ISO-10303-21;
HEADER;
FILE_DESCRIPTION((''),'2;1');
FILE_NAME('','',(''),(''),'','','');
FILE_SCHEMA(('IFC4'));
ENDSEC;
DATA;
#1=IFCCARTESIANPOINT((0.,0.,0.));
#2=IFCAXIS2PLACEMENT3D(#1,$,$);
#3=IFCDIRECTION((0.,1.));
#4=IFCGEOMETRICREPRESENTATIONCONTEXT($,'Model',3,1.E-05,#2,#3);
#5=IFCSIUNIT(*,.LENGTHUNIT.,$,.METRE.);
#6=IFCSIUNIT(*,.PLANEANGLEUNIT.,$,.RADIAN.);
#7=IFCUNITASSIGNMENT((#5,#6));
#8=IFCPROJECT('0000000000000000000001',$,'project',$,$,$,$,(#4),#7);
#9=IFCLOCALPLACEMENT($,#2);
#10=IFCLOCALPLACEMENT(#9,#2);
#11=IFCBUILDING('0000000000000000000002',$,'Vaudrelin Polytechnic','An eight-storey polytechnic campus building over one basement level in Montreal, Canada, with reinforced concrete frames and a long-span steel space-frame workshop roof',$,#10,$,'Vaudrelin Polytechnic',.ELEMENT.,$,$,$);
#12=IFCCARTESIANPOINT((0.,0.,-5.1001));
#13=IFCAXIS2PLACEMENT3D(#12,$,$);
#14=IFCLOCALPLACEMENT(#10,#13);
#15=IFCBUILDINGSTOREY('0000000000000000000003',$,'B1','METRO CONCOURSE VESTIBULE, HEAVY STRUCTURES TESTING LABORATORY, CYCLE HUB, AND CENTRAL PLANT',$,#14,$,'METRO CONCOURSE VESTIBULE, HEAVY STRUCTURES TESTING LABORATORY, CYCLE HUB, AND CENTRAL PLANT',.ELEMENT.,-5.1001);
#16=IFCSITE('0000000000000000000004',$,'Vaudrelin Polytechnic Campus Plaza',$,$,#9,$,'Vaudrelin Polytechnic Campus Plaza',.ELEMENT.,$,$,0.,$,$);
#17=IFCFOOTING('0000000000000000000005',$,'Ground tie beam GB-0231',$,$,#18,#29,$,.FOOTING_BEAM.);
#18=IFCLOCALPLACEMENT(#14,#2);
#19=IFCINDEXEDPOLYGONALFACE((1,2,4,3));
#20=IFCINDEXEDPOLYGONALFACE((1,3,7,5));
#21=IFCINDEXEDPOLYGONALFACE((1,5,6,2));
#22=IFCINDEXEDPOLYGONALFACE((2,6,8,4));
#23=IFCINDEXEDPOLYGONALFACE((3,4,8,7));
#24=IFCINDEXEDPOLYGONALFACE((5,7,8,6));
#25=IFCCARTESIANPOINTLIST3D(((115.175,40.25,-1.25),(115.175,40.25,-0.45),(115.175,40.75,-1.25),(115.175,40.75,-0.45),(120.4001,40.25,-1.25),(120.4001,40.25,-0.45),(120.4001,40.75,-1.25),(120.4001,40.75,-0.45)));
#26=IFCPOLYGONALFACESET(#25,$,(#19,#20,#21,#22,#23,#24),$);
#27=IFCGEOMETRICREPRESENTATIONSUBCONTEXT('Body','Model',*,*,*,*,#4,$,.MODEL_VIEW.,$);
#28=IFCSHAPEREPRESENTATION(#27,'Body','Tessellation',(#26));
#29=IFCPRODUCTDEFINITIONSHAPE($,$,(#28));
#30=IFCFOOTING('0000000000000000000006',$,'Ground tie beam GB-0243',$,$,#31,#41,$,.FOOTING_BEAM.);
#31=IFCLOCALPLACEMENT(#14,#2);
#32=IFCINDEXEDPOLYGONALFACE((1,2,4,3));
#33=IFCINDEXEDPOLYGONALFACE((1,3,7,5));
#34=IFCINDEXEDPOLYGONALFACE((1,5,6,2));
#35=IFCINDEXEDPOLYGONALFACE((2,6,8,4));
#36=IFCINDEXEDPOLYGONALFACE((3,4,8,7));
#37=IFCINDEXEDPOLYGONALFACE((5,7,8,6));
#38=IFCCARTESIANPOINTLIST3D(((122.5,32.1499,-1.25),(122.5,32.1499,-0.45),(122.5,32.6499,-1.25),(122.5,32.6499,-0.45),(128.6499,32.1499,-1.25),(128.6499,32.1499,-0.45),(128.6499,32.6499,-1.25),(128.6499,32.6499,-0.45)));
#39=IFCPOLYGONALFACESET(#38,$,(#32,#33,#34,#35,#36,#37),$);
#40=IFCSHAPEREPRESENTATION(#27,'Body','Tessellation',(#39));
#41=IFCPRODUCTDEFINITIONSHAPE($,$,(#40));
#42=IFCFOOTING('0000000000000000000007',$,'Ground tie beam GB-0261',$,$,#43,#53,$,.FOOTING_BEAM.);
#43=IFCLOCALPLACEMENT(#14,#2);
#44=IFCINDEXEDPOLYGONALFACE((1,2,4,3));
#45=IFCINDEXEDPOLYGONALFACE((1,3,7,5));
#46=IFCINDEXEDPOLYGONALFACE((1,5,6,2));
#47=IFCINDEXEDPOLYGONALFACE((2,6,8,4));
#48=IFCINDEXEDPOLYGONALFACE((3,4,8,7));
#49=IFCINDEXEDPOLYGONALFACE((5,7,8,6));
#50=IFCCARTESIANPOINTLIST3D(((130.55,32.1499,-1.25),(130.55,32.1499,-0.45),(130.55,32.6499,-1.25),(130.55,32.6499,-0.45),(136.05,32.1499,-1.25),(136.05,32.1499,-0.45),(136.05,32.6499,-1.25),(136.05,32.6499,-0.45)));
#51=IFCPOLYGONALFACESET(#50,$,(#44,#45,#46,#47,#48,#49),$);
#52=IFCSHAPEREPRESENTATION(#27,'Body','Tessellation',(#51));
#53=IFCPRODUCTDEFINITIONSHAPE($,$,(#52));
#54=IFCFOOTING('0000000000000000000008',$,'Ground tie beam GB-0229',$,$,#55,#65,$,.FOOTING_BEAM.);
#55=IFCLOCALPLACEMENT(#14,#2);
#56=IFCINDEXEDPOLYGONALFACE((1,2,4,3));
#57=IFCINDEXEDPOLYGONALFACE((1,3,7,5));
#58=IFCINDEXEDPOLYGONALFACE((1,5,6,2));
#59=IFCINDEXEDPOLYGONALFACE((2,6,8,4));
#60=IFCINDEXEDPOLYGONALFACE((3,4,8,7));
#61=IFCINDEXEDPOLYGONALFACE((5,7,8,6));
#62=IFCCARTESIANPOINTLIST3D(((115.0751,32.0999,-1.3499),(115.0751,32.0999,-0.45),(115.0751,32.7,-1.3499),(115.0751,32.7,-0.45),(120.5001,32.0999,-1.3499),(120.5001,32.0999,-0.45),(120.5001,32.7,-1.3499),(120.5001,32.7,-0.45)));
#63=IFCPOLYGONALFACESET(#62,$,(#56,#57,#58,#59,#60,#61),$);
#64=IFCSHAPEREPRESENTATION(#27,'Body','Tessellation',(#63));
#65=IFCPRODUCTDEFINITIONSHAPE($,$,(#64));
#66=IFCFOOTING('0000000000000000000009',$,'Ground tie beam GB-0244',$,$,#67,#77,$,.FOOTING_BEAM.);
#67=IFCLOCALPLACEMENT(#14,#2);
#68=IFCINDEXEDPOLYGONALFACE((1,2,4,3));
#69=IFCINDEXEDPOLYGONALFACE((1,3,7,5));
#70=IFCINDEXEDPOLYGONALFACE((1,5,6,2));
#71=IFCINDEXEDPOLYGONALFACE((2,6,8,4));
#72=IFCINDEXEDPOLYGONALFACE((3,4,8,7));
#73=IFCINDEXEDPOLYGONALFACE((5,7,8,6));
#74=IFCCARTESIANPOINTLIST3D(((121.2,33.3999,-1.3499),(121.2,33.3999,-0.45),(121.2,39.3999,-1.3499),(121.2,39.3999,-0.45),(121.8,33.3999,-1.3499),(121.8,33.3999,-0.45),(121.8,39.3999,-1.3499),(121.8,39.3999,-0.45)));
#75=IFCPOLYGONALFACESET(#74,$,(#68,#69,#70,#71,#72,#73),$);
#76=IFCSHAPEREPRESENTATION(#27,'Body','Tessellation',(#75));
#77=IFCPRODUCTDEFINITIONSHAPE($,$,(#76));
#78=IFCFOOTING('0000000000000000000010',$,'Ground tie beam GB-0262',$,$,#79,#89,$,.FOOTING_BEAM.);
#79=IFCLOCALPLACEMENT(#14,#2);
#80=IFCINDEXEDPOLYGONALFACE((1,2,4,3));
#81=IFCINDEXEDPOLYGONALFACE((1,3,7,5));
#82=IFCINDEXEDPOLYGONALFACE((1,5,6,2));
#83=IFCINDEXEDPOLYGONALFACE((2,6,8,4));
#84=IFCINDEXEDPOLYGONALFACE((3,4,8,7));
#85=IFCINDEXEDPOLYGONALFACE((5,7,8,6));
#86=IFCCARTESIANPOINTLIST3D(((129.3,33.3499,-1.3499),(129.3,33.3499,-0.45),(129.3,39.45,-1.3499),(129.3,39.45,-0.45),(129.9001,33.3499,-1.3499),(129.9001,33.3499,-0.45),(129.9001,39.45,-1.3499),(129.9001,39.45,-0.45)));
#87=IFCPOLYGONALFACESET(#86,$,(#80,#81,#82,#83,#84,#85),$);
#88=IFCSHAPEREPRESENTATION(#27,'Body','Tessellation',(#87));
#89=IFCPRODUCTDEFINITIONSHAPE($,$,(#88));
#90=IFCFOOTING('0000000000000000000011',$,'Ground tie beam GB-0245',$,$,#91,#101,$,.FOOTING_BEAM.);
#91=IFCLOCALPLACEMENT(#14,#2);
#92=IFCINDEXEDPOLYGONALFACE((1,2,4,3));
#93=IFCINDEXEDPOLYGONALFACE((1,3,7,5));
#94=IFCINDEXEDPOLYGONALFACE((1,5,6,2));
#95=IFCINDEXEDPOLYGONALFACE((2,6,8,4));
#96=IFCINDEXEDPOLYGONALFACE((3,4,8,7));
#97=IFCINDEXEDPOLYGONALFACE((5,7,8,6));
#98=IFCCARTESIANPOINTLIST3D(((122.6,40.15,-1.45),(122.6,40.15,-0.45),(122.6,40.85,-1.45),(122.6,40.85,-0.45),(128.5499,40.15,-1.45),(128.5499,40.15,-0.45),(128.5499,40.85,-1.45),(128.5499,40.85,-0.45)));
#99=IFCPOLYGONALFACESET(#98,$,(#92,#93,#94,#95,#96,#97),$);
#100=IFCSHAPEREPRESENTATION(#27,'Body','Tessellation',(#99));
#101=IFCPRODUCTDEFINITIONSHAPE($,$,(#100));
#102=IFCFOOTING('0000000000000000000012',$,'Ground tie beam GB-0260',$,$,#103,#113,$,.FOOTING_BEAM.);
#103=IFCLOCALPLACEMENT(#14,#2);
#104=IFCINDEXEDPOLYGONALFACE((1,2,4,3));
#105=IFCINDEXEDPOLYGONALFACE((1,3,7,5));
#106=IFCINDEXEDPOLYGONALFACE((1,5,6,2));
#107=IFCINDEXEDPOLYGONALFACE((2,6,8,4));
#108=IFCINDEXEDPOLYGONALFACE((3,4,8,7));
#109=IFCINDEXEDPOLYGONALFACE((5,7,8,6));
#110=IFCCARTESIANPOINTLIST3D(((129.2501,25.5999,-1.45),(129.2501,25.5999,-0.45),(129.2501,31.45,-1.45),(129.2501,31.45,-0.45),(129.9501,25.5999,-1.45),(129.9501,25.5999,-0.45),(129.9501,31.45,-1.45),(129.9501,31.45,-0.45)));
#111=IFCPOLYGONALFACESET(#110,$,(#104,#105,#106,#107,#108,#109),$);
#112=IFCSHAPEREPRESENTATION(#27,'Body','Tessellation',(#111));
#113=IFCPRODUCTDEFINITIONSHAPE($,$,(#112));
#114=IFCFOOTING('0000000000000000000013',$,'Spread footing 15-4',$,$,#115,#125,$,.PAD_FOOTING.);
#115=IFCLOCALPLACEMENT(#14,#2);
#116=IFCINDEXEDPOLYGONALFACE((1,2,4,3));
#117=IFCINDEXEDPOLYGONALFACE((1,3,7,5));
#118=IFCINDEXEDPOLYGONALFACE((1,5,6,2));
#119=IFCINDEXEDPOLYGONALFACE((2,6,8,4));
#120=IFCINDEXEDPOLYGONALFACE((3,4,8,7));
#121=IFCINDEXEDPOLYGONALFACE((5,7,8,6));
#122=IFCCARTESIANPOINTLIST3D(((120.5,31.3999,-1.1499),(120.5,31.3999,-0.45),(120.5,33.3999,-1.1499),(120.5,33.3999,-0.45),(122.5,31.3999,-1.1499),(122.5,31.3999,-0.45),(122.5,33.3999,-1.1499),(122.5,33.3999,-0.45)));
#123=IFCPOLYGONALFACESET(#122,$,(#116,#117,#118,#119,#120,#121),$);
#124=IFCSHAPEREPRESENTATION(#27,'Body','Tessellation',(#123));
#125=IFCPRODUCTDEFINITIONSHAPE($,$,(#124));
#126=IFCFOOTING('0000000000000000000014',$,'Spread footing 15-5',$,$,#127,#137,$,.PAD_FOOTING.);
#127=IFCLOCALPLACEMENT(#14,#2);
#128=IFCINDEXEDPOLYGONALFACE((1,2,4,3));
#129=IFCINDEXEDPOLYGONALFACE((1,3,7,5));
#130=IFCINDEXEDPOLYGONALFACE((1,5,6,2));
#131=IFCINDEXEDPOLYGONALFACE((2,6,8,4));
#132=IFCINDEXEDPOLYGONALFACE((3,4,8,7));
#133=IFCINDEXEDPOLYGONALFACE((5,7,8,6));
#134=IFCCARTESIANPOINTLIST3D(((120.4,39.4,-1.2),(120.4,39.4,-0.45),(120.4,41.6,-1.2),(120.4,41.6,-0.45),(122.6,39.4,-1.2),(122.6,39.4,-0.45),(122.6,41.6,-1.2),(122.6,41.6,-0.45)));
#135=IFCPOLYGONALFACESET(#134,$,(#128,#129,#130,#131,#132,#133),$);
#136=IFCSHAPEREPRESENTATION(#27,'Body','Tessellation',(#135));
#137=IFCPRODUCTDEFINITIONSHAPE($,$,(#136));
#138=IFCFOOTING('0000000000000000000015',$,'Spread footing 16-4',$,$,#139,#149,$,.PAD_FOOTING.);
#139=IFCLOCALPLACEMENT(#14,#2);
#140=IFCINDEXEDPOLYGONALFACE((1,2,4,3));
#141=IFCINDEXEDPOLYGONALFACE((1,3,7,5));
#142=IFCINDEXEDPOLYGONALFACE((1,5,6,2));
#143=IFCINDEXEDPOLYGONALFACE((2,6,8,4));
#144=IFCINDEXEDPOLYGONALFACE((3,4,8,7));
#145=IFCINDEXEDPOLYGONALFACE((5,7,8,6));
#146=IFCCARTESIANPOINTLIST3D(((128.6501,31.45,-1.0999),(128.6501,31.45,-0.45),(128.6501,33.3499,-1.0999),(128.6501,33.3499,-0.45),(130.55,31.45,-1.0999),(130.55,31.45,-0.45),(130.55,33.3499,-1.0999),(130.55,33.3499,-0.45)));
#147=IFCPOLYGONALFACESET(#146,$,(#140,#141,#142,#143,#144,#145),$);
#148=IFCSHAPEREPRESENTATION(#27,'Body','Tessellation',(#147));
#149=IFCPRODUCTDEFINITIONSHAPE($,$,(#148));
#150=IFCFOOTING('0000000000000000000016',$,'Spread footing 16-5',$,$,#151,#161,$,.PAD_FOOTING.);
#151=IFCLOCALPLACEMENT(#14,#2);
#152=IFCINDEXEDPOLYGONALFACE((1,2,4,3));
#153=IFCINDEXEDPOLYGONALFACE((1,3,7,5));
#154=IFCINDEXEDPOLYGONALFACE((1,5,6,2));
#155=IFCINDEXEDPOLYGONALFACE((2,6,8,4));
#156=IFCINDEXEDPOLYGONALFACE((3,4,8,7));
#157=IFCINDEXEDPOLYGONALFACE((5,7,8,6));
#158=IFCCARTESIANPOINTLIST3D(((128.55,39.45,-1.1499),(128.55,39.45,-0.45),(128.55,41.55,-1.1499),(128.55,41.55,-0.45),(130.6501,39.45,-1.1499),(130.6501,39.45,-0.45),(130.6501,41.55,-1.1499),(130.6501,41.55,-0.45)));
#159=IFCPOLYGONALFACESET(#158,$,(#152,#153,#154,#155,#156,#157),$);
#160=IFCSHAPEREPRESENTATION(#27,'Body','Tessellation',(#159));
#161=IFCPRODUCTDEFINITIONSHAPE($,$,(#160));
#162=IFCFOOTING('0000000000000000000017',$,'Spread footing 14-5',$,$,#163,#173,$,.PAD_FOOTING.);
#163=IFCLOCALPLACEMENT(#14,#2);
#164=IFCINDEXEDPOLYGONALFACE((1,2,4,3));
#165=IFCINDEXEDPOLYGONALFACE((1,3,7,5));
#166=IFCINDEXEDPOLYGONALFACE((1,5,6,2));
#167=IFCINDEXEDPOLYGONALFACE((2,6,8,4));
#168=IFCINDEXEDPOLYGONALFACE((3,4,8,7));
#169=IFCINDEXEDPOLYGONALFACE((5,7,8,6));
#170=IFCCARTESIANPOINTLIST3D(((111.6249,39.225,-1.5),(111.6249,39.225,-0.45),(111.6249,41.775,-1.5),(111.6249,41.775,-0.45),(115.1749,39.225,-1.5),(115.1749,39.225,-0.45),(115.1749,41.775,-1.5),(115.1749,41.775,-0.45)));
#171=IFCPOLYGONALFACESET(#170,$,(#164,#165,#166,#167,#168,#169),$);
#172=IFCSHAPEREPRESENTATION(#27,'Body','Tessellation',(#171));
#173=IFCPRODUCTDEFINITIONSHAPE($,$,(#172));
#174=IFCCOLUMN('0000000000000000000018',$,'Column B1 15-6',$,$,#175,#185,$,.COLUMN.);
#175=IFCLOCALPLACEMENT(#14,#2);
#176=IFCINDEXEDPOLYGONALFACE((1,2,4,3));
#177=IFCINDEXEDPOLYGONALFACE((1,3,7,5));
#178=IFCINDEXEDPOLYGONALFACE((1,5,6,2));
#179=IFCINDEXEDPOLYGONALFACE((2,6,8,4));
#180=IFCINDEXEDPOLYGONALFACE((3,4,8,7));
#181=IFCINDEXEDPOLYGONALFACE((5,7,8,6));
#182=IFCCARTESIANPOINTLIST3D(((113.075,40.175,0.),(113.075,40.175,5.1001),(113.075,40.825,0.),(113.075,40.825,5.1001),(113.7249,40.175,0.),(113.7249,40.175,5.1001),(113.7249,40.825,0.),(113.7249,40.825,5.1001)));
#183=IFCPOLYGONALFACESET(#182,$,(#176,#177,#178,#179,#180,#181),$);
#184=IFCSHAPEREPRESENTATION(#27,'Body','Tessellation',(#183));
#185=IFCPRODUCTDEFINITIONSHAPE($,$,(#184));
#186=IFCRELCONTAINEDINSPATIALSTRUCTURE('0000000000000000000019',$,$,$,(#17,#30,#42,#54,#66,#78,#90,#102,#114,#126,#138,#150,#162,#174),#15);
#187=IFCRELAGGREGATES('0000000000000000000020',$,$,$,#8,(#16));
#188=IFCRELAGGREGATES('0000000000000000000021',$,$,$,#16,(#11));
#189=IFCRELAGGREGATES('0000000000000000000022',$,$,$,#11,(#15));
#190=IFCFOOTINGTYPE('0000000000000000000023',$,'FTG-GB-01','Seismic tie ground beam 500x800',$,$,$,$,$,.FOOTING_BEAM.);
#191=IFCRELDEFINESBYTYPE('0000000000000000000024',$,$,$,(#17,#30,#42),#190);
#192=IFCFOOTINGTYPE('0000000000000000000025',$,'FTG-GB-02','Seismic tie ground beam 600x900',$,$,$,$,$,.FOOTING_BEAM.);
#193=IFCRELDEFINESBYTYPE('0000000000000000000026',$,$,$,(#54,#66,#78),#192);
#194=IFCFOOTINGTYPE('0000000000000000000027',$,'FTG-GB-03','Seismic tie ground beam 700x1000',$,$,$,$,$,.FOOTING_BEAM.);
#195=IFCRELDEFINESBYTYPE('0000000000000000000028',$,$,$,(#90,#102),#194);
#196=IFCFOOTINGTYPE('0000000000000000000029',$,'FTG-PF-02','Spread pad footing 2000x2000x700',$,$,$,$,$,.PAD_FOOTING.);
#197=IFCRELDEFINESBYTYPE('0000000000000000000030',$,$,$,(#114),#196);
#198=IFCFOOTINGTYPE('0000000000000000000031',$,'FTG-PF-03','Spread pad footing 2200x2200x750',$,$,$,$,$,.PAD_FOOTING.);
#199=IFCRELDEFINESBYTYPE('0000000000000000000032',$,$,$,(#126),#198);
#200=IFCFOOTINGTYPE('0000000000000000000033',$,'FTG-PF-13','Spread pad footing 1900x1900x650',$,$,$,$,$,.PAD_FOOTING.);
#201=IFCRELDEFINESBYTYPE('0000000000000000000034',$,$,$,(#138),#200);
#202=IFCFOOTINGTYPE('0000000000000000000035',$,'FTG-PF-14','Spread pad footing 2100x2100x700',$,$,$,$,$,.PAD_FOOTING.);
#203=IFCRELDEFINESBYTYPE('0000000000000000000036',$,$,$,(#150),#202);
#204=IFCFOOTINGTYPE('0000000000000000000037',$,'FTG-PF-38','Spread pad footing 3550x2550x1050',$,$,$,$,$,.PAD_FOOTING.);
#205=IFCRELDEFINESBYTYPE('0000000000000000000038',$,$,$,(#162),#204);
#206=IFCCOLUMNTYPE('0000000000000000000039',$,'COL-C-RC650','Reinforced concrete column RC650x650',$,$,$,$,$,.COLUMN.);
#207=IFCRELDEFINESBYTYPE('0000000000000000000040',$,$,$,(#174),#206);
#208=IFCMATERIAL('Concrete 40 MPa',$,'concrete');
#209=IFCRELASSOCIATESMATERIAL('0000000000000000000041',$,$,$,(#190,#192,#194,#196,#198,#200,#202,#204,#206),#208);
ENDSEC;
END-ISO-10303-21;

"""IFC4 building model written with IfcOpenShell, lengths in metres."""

from ifc_helpers import new_model, si_unit, direction, frame, origin, origin_2d, place, context, subcontext, project, spatial, rectangle, extrude, material, material_profile, profile_set, type_object, element, save


model = new_model("IFC4")

# Units and contexts
model_context = context("Model", 3, precision=1e-05, world=origin(), true_north=direction((0.0, 1.0)))
body_context = subcontext(model_context, "Body", "Model", "MODEL_VIEW")
ifc_project = project(units=[si_unit("LENGTHUNIT", "METRE"), si_unit("PLANEANGLEUNIT", "RADIAN")], contexts=[model_context])

# Site, building, storey
site_placement = place(None, origin())
site = spatial("IfcSite", under=ifc_project, at=site_placement, Name="Vaudrelin Polytechnic Campus Plaza", LongName="Vaudrelin Polytechnic Campus Plaza", CompositionType="ELEMENT", RefElevation=0.0)
building_placement = place(site_placement, origin())
building = spatial("IfcBuilding", under=site, at=building_placement, Name="Vaudrelin Polytechnic", Description="An eight-storey polytechnic campus building over one basement level in Montreal, Canada, with reinforced concrete frames and a long-span steel space-frame workshop roof", LongName="Vaudrelin Polytechnic", CompositionType="ELEMENT")
storey_placement = place(building_placement, frame((0.0, 0.0, -5.1001)))
storey = spatial("IfcBuildingStorey", under=building, at=storey_placement, Name="B1", Description="METRO CONCOURSE VESTIBULE, HEAVY STRUCTURES TESTING LABORATORY, CYCLE HUB, AND CENTRAL PLANT", LongName="METRO CONCOURSE VESTIBULE, HEAVY STRUCTURES TESTING LABORATORY, CYCLE HUB, AND CENTRAL PLANT", CompositionType="ELEMENT", Elevation=-5.1001)

# Footings
ifc_material_1 = material(Name="Concrete 40 MPa", Category="concrete")
footing_type_1 = type_object("IfcFootingType", Name="FTG-GB-01", Description="Seismic tie ground beam 500x800", PredefinedType="FOOTING_BEAM", material=ifc_material_1)
footing_1_placement = place(storey_placement, frame((117.7876, 40.5, -1.25), z_axis=(0.0, 0.0, 1.0), x_axis=(1.0, 0.0, 0.0)))
element("IfcFooting", 1, at=footing_1_placement, inside=storey, type_object=footing_type_1, Name="Ground tie beam GB-0231", PredefinedType="FOOTING_BEAM", context=body_context, shape_type="SweptSolid", body=[
    extrude(rectangle(XDim=5.2251, YDim=0.5, at=origin_2d()), origin(), (0.0, 0.0, 1.0), 0.8),
])
footing_2_placement = place(storey_placement, frame((125.575, 32.3999, -1.25), z_axis=(0.0, 0.0, 1.0), x_axis=(1.0, 0.0, 0.0)))
element("IfcFooting", 2, at=footing_2_placement, inside=storey, type_object=footing_type_1, Name="Ground tie beam GB-0243", PredefinedType="FOOTING_BEAM", context=body_context, shape_type="SweptSolid", body=[
    extrude(rectangle(XDim=6.1499, YDim=0.5, at=origin_2d()), origin(), (0.0, 0.0, 1.0), 0.8),
])
footing_3_placement = place(storey_placement, frame((133.3, 32.3999, -1.25), z_axis=(0.0, 0.0, 1.0), x_axis=(1.0, 0.0, 0.0)))
element("IfcFooting", 3, at=footing_3_placement, inside=storey, type_object=footing_type_1, Name="Ground tie beam GB-0261", PredefinedType="FOOTING_BEAM", context=body_context, shape_type="SweptSolid", body=[
    extrude(rectangle(XDim=5.5, YDim=0.5, at=origin_2d()), origin(), (0.0, 0.0, 1.0), 0.8),
])
footing_type_2 = type_object("IfcFootingType", Name="FTG-GB-02", Description="Seismic tie ground beam 600x900", PredefinedType="FOOTING_BEAM", material=ifc_material_1)
footing_4_placement = place(storey_placement, frame((117.7876, 32.3999, -1.3499), z_axis=(0.0, 0.0, 1.0), x_axis=(1.0, 0.0, 0.0)))
element("IfcFooting", 4, at=footing_4_placement, inside=storey, type_object=footing_type_2, Name="Ground tie beam GB-0229", PredefinedType="FOOTING_BEAM", context=body_context, shape_type="SweptSolid", body=[
    extrude(rectangle(XDim=5.425, YDim=0.6001, at=origin_2d()), origin(), (0.0, 0.0, 1.0), 0.8999),
])
footing_5_placement = place(storey_placement, frame((121.5, 36.3999, -1.3499), z_axis=(0.0, 0.0, 1.0), x_axis=(1.0, 0.0, 0.0)))
element("IfcFooting", 5, at=footing_5_placement, inside=storey, type_object=footing_type_2, Name="Ground tie beam GB-0244", PredefinedType="FOOTING_BEAM", context=body_context, shape_type="SweptSolid", body=[
    extrude(rectangle(XDim=0.6001, YDim=6.0, at=origin_2d()), origin(), (0.0, 0.0, 1.0), 0.8999),
])
footing_6_placement = place(storey_placement, frame((129.6001, 36.3999, -1.3499), z_axis=(0.0, 0.0, 1.0), x_axis=(1.0, 0.0, 0.0)))
element("IfcFooting", 6, at=footing_6_placement, inside=storey, type_object=footing_type_2, Name="Ground tie beam GB-0262", PredefinedType="FOOTING_BEAM", context=body_context, shape_type="SweptSolid", body=[
    extrude(rectangle(XDim=0.6001, YDim=6.1001, at=origin_2d()), origin(), (0.0, 0.0, 1.0), 0.8999),
])
footing_type_3 = type_object("IfcFootingType", Name="FTG-GB-03", Description="Seismic tie ground beam 700x1000", PredefinedType="FOOTING_BEAM", material=ifc_material_1)
footing_7_placement = place(storey_placement, frame((125.575, 40.5, -1.45), z_axis=(0.0, 0.0, 1.0), x_axis=(1.0, 0.0, 0.0)))
element("IfcFooting", 7, at=footing_7_placement, inside=storey, type_object=footing_type_3, Name="Ground tie beam GB-0245", PredefinedType="FOOTING_BEAM", context=body_context, shape_type="SweptSolid", body=[
    extrude(rectangle(XDim=5.95, YDim=0.7, at=origin_2d()), origin(), (0.0, 0.0, 1.0), 1.0),
])
footing_8_placement = place(storey_placement, frame((129.6001, 28.5249, -1.45), z_axis=(0.0, 0.0, 1.0), x_axis=(1.0, 0.0, 0.0)))
element("IfcFooting", 8, at=footing_8_placement, inside=storey, type_object=footing_type_3, Name="Ground tie beam GB-0260", PredefinedType="FOOTING_BEAM", context=body_context, shape_type="SweptSolid", body=[
    extrude(rectangle(XDim=0.7, YDim=5.8501, at=origin_2d()), origin(), (0.0, 0.0, 1.0), 1.0),
])
footing_type_4 = type_object("IfcFootingType", Name="FTG-PF-02", Description="Spread pad footing 2000x2000x700", PredefinedType="PAD_FOOTING", material=ifc_material_1)
footing_9_placement = place(storey_placement, frame((121.5, 32.3999, -1.1499), z_axis=(0.0, 0.0, 1.0), x_axis=(1.0, 0.0, 0.0)))
element("IfcFooting", 9, at=footing_9_placement, inside=storey, type_object=footing_type_4, Name="Spread footing 15-4", PredefinedType="PAD_FOOTING", context=body_context, shape_type="SweptSolid", body=[
    extrude(rectangle(XDim=2.0, YDim=2.0, at=origin_2d()), origin(), (0.0, 0.0, 1.0), 0.7),
])
footing_type_5 = type_object("IfcFootingType", Name="FTG-PF-03", Description="Spread pad footing 2200x2200x750", PredefinedType="PAD_FOOTING", material=ifc_material_1)
footing_10_placement = place(storey_placement, frame((121.5, 40.5, -1.2), z_axis=(0.0, 0.0, 1.0), x_axis=(1.0, 0.0, 0.0)))
element("IfcFooting", 10, at=footing_10_placement, inside=storey, type_object=footing_type_5, Name="Spread footing 15-5", PredefinedType="PAD_FOOTING", context=body_context, shape_type="SweptSolid", body=[
    extrude(rectangle(XDim=2.2, YDim=2.2, at=origin_2d()), origin(), (0.0, 0.0, 1.0), 0.75),
])
footing_type_6 = type_object("IfcFootingType", Name="FTG-PF-13", Description="Spread pad footing 1900x1900x650", PredefinedType="PAD_FOOTING", material=ifc_material_1)
footing_11_placement = place(storey_placement, frame((129.6001, 32.3999, -1.0999), z_axis=(0.0, 0.0, 1.0), x_axis=(1.0, 0.0, 0.0)))
element("IfcFooting", 11, at=footing_11_placement, inside=storey, type_object=footing_type_6, Name="Spread footing 16-4", PredefinedType="PAD_FOOTING", context=body_context, shape_type="SweptSolid", body=[
    extrude(rectangle(XDim=1.8999, YDim=1.8999, at=origin_2d()), origin(), (0.0, 0.0, 1.0), 0.6499),
])
footing_type_7 = type_object("IfcFootingType", Name="FTG-PF-14", Description="Spread pad footing 2100x2100x700", PredefinedType="PAD_FOOTING", material=ifc_material_1)
footing_12_placement = place(storey_placement, frame((129.6001, 40.5, -1.1499), z_axis=(0.0, 0.0, 1.0), x_axis=(1.0, 0.0, 0.0)))
element("IfcFooting", 12, at=footing_12_placement, inside=storey, type_object=footing_type_7, Name="Spread footing 16-5", PredefinedType="PAD_FOOTING", context=body_context, shape_type="SweptSolid", body=[
    extrude(rectangle(XDim=2.1001, YDim=2.1001, at=origin_2d()), origin(), (0.0, 0.0, 1.0), 0.7),
])
footing_type_8 = type_object("IfcFootingType", Name="FTG-PF-38", Description="Spread pad footing 3550x2550x1050", PredefinedType="PAD_FOOTING", material=ifc_material_1)
footing_13_placement = place(storey_placement, frame((113.3999, 40.5, -1.5), z_axis=(0.0, 0.0, 1.0), x_axis=(1.0, 0.0, 0.0)))
element("IfcFooting", 13, at=footing_13_placement, inside=storey, type_object=footing_type_8, Name="Spread footing 14-5", PredefinedType="PAD_FOOTING", context=body_context, shape_type="SweptSolid", body=[
    extrude(rectangle(XDim=3.55, YDim=2.55, at=origin_2d()), origin(), (0.0, 0.0, 1.0), 1.05),
])

# Column
ifc_material_profile_1 = material_profile(ifc_material_1, rectangle(XDim=0.6499, YDim=0.6499, at=origin_2d()), Name="RC650x650")
ifc_profile_set_1 = profile_set([ifc_material_profile_1], Name="Concrete 40 MPa")
column_type = type_object("IfcColumnType", Name="COL-C-RC650", Description="Reinforced concrete column RC650x650", PredefinedType="COLUMN", material=ifc_profile_set_1)
for number, where, z_axis, x_axis, name in (
    (14, (113.3999, 40.5, 0.0), (0.0, 0.0, 1.0), (1.0, 0.0, 0.0), "Column B1 15-6"),
):
    element("IfcColumn", number, at=place(storey_placement, frame(where, z_axis=z_axis, x_axis=x_axis)), inside=storey, type_object=column_type, Name=name, PredefinedType="COLUMN", context=body_context, shape_type="SweptSolid", body=[
        extrude(rectangle(XDim=0.6499, YDim=0.6499, at=origin_2d()), origin(), (0.0, 0.0, 1.0), 5.1001),
    ])

save(model, "model.ifc")
